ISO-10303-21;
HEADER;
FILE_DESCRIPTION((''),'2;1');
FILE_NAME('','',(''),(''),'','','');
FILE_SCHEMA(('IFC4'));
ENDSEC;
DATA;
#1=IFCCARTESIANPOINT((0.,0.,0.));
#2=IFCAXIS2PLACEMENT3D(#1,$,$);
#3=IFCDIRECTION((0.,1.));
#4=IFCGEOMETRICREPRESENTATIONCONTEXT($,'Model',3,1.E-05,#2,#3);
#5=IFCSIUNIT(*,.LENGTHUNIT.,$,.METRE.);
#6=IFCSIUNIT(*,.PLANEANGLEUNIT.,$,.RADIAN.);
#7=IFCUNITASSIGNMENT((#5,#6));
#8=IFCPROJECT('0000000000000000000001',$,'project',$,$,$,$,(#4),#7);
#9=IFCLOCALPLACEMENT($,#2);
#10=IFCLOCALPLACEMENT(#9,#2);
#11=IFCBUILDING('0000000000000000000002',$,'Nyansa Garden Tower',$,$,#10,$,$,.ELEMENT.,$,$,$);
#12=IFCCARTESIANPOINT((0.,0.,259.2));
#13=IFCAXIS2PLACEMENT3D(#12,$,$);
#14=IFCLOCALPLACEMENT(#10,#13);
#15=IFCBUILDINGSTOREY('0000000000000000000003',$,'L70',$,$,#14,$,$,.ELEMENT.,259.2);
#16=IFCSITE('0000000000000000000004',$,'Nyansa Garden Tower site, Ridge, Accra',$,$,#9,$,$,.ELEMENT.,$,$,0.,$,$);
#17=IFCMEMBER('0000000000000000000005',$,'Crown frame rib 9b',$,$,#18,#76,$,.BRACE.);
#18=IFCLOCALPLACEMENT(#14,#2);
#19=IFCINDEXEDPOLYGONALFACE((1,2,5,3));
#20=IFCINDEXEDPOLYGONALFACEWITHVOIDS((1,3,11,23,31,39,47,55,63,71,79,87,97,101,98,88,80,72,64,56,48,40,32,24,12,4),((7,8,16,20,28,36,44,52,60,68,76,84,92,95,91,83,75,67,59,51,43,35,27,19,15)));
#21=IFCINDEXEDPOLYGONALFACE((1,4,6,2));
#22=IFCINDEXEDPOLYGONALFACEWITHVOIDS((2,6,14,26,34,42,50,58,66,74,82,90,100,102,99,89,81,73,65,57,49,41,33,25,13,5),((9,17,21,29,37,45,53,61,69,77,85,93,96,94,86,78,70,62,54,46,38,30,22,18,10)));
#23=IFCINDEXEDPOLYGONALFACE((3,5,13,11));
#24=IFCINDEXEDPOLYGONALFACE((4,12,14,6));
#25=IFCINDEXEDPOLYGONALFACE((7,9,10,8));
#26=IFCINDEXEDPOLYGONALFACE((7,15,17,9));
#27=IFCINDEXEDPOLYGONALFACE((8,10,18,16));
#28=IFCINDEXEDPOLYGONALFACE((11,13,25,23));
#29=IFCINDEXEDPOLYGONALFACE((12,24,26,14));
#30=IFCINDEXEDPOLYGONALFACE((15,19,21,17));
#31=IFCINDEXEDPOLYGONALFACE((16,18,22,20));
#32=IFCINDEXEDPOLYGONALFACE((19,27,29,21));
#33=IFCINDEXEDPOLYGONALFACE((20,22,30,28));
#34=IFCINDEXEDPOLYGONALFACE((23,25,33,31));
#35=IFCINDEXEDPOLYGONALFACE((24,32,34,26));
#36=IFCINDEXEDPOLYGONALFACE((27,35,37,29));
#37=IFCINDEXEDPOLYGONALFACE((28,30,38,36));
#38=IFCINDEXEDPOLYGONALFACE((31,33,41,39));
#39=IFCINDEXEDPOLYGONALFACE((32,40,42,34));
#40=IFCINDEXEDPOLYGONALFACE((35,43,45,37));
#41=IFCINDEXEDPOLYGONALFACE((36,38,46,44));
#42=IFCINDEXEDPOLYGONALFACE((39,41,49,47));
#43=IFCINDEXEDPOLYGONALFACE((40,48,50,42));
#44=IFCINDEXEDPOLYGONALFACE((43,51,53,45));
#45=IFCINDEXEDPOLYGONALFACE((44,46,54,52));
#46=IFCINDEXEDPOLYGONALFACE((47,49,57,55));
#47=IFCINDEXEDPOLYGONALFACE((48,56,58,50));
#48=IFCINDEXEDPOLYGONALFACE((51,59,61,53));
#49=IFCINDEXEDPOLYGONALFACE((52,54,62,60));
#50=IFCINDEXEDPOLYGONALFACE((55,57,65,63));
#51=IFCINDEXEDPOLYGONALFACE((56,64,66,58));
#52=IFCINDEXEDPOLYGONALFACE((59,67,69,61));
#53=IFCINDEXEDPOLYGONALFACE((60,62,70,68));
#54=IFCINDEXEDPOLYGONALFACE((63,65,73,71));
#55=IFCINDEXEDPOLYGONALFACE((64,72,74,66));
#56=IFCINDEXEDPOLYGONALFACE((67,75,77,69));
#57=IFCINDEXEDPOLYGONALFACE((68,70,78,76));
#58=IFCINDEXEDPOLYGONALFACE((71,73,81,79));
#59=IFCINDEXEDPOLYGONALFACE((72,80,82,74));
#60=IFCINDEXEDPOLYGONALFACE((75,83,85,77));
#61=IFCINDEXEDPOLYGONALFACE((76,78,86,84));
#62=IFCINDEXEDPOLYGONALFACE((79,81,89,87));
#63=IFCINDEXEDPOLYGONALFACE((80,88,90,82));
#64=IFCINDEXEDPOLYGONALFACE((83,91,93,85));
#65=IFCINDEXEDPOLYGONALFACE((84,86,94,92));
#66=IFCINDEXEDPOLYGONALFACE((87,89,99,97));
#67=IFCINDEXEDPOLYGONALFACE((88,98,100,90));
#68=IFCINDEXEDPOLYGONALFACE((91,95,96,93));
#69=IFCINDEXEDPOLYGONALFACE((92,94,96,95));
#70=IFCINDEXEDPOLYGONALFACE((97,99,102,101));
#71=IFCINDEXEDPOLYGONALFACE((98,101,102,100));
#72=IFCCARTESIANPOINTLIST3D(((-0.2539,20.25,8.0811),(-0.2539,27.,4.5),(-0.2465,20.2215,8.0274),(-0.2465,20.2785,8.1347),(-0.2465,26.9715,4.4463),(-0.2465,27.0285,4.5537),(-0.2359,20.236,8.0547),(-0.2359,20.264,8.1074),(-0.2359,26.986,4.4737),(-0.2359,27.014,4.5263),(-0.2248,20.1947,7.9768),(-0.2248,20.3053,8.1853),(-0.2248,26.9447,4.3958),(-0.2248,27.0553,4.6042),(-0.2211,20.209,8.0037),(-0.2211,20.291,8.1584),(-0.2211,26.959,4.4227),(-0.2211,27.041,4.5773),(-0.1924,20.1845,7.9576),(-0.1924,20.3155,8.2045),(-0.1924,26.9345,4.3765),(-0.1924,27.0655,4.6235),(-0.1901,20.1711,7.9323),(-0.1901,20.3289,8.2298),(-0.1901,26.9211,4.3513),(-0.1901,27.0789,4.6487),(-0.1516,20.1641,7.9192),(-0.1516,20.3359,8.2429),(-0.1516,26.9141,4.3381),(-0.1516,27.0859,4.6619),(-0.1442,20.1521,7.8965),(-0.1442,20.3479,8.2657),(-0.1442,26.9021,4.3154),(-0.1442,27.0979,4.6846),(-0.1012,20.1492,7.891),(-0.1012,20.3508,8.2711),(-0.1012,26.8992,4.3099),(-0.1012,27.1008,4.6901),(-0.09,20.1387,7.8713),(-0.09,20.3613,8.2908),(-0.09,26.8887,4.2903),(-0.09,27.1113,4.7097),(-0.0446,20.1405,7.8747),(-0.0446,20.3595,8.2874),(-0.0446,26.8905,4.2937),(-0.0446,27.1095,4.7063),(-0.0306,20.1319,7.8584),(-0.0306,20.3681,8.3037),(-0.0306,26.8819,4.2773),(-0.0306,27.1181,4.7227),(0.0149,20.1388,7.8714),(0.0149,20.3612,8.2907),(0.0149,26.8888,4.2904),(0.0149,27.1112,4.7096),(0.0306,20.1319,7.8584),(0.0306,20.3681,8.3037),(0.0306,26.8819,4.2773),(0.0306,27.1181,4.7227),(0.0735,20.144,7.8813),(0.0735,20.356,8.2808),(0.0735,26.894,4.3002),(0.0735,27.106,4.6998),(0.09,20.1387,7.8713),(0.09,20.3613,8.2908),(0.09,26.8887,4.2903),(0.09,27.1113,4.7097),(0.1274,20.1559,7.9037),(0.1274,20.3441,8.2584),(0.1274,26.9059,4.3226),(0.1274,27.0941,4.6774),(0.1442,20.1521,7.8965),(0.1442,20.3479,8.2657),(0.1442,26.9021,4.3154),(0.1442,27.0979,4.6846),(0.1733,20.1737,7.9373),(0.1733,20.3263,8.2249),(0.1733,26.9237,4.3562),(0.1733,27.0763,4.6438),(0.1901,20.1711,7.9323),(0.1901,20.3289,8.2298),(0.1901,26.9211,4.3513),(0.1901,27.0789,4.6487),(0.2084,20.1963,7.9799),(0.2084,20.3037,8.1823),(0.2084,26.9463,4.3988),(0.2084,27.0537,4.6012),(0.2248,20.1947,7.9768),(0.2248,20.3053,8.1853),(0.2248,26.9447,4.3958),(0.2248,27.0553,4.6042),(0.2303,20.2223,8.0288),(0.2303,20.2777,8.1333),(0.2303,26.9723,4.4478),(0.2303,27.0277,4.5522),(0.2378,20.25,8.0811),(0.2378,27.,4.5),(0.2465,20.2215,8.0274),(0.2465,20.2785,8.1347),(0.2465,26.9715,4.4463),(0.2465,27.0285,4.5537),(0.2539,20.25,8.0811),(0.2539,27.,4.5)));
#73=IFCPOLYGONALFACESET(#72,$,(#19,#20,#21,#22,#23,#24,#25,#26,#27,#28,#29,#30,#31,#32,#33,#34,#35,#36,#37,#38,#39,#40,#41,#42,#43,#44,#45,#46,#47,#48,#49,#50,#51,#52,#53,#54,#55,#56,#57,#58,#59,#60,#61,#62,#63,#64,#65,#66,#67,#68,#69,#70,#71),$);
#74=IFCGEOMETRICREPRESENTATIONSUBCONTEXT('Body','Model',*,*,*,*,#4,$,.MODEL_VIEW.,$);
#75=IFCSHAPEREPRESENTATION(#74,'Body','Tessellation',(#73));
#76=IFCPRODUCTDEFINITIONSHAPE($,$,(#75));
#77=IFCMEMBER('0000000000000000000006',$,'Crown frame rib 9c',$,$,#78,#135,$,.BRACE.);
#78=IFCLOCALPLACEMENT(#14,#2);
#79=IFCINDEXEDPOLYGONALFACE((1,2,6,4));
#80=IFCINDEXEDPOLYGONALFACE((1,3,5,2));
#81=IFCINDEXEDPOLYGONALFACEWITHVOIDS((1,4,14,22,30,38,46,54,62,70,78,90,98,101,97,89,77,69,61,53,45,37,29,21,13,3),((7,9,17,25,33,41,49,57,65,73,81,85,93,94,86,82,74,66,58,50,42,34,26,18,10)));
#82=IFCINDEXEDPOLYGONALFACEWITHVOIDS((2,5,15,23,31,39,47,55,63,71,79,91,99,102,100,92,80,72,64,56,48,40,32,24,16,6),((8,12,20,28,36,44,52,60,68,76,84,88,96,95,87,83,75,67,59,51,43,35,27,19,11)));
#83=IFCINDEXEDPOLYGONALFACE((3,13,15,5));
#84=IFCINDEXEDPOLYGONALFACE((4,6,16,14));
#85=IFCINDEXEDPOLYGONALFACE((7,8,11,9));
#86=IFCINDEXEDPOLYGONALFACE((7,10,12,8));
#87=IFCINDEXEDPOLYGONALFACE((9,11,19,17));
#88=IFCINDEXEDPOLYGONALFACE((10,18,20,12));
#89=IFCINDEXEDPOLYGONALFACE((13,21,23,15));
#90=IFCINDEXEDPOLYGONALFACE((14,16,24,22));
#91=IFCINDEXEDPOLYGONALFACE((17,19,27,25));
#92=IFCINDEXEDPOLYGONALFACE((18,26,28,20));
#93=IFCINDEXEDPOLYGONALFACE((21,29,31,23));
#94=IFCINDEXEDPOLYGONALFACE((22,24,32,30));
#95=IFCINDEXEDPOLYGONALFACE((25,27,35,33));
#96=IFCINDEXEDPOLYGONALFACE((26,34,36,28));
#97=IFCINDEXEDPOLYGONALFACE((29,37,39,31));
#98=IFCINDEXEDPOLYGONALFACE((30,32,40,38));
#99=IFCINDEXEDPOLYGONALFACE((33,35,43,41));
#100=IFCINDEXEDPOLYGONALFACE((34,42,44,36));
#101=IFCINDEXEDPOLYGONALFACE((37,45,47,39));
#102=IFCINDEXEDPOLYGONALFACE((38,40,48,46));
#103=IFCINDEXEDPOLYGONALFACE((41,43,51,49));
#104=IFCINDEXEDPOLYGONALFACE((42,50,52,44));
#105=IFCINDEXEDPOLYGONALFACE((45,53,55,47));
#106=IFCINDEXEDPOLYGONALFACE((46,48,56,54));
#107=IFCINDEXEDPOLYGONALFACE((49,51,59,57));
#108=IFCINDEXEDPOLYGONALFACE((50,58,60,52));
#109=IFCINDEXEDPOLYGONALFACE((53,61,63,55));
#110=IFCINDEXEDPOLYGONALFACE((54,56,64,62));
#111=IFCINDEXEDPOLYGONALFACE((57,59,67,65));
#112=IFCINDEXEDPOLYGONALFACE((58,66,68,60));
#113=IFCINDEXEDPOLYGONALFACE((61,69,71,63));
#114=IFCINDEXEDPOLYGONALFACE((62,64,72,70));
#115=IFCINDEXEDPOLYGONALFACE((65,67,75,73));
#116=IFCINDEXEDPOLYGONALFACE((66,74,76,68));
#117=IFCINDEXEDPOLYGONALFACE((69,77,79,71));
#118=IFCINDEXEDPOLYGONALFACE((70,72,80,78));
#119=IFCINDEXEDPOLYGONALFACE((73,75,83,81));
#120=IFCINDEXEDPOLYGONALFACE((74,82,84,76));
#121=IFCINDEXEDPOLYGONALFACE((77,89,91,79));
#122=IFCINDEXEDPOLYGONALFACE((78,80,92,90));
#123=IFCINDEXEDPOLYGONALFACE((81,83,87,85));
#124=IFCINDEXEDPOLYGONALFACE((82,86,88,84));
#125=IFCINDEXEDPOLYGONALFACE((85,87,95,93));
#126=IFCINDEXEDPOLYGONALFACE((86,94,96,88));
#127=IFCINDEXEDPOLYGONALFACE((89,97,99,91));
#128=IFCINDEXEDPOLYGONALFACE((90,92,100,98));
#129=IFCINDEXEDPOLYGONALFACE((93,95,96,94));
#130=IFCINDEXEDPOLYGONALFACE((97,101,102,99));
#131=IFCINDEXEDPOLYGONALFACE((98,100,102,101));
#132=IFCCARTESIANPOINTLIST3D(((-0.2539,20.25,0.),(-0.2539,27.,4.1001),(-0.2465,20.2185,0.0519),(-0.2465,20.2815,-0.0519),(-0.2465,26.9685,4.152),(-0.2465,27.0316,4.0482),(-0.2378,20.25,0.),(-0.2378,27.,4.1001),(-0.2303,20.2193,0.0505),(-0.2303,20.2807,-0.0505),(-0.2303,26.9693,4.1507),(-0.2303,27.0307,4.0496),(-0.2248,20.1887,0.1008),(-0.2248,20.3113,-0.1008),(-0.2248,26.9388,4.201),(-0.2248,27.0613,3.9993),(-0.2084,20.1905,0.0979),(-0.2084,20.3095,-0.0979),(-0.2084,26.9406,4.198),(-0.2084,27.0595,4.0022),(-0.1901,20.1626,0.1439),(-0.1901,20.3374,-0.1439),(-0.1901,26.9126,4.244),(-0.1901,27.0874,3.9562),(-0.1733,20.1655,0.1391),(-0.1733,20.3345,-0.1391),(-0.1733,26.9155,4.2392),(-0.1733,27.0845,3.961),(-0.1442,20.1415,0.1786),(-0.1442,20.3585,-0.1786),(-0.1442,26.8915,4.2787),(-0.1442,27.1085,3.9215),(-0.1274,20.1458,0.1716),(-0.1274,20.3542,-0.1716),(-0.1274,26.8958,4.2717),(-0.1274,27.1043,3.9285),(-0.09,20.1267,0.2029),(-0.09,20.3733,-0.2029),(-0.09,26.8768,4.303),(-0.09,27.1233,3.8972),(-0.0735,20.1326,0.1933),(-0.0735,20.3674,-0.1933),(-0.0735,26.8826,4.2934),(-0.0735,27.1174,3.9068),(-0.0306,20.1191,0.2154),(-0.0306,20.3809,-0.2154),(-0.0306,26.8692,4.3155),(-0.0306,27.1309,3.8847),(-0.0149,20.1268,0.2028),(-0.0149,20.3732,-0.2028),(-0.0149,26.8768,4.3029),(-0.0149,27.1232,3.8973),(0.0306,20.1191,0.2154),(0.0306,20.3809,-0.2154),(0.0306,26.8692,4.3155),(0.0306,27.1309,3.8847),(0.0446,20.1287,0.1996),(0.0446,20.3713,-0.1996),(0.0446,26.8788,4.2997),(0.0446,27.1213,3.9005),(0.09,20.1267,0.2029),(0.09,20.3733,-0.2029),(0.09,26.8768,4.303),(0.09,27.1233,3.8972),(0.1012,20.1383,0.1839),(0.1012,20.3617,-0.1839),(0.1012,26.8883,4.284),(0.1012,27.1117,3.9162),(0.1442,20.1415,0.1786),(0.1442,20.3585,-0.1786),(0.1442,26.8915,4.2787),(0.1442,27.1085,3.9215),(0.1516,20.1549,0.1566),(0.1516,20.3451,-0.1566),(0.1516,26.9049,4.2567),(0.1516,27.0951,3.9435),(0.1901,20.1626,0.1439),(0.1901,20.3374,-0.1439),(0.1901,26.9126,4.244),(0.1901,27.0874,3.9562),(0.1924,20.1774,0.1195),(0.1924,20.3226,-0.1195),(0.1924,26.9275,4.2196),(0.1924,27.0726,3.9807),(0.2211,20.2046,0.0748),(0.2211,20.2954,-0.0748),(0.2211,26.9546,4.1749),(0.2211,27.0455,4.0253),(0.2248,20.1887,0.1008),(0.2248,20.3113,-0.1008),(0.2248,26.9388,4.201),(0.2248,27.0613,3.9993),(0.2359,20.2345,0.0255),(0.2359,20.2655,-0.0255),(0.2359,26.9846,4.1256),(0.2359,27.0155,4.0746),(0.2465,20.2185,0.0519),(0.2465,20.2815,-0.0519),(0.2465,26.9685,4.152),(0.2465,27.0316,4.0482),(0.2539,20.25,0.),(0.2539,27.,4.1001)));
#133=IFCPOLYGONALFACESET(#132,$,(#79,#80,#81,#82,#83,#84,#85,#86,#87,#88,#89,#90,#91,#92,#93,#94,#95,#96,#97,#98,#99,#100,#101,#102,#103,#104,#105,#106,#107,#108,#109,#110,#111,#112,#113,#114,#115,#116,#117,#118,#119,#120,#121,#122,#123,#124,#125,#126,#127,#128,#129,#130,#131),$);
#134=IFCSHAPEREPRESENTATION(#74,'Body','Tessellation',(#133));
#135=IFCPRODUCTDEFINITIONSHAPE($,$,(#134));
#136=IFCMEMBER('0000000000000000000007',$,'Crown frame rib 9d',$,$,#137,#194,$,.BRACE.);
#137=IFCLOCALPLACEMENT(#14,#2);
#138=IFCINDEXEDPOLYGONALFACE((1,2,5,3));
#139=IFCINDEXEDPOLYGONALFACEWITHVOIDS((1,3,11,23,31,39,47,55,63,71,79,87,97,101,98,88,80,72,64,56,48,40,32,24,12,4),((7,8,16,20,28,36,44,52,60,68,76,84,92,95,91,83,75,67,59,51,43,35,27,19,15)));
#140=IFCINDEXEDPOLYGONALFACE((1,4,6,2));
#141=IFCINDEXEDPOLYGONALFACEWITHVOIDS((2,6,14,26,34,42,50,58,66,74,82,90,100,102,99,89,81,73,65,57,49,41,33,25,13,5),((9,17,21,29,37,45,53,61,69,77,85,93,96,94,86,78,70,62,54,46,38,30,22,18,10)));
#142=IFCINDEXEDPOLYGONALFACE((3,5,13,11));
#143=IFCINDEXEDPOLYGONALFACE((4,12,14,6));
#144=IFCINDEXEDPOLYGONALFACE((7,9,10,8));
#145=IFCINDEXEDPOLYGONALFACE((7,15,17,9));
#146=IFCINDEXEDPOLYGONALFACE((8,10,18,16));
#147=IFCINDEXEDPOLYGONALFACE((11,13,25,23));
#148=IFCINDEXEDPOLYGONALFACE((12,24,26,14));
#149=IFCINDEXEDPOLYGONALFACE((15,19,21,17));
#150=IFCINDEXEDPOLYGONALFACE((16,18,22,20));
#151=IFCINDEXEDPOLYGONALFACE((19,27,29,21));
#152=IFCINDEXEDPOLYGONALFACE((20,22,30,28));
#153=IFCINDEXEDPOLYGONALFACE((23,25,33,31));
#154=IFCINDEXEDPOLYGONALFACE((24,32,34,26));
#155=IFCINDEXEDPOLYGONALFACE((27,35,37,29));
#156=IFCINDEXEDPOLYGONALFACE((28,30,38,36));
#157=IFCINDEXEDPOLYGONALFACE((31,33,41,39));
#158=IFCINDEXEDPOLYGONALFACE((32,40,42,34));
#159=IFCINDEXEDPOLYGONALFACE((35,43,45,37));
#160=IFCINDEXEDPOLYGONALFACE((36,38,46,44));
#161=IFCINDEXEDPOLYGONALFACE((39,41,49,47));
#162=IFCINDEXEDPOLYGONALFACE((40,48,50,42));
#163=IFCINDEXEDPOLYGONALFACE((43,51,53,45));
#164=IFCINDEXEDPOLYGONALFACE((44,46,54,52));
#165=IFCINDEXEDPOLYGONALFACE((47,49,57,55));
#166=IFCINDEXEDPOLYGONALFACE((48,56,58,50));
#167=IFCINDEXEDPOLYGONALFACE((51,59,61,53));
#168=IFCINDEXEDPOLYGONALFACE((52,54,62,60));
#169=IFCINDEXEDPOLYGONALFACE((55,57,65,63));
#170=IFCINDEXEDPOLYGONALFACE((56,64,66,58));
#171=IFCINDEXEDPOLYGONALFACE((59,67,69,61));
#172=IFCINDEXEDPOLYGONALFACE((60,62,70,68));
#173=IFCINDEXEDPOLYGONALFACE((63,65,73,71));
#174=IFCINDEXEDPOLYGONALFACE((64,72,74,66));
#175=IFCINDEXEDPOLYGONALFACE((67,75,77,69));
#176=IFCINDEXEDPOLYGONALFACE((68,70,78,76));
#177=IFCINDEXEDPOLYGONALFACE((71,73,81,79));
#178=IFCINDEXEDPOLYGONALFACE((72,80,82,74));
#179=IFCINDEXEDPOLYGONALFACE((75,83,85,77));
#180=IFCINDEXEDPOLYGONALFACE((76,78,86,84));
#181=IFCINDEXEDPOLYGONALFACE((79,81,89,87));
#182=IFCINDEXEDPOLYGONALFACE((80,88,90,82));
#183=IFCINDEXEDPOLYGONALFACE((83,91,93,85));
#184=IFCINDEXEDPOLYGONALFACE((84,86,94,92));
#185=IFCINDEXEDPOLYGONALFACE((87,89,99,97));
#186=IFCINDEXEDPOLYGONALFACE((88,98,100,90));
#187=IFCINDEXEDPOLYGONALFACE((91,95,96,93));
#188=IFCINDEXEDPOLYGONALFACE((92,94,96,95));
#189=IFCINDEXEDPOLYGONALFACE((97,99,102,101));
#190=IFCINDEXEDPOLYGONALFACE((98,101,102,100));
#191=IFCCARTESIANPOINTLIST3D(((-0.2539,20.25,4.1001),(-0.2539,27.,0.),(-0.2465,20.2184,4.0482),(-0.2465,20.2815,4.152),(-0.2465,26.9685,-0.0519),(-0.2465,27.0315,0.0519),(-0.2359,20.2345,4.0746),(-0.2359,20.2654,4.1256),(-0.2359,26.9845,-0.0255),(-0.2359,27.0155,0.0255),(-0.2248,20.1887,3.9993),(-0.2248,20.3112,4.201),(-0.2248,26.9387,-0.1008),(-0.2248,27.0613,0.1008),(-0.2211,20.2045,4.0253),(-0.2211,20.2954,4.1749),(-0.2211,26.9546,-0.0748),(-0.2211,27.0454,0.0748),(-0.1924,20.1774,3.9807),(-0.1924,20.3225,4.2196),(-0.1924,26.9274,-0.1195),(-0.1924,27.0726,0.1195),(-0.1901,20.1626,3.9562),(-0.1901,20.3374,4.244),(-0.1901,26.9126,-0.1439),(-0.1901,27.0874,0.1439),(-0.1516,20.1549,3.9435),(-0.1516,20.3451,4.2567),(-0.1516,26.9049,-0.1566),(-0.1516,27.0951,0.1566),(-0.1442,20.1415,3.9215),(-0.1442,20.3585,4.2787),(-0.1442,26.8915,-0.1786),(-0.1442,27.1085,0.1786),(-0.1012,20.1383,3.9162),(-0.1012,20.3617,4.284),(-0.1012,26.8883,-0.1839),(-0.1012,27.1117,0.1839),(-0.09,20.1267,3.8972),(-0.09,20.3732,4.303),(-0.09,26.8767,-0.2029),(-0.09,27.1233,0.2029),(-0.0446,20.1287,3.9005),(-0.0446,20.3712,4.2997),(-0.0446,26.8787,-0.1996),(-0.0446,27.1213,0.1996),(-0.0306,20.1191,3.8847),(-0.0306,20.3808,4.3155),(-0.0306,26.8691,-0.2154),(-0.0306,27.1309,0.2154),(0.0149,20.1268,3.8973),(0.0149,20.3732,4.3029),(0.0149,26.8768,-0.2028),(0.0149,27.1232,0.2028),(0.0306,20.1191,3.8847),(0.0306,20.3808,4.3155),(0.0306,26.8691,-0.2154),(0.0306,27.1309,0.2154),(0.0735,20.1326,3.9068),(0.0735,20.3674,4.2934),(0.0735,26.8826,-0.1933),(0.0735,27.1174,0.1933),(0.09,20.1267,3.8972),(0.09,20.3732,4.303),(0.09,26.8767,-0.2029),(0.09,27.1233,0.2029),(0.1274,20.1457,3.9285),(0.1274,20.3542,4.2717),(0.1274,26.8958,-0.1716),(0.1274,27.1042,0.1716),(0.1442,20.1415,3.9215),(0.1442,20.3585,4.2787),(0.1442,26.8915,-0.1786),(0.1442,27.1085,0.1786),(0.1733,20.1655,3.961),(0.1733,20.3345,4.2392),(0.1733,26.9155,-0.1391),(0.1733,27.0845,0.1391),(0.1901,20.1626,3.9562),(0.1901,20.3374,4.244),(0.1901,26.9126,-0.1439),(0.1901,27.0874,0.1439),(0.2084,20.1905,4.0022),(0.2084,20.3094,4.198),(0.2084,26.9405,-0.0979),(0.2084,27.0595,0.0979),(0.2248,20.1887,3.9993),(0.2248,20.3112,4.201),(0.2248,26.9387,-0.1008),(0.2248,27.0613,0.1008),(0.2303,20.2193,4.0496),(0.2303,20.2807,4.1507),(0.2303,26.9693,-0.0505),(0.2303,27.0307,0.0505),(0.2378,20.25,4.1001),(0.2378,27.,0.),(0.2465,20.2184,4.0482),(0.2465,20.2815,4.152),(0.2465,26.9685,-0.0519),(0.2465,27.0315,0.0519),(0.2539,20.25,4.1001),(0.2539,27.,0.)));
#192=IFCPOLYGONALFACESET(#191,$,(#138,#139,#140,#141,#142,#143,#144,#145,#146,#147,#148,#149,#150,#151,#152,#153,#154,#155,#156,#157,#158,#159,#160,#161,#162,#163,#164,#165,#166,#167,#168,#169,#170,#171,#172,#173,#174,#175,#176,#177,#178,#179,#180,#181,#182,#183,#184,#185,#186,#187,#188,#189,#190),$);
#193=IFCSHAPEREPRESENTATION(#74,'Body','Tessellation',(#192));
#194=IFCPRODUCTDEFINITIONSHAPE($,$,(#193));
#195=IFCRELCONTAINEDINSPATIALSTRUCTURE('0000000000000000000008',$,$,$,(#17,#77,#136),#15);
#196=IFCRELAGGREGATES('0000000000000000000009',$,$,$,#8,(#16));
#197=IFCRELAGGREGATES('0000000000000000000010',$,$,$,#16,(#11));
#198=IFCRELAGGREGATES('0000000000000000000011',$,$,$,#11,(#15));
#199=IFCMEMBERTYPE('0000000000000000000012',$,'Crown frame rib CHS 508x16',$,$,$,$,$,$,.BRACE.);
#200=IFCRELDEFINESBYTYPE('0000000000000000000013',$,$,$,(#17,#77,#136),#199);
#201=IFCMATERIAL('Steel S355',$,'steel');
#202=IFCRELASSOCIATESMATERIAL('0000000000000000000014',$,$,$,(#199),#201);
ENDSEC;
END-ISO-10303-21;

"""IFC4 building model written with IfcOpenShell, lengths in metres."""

from ifc_helpers import new_model, si_unit, direction, frame, origin, origin_2d, place, context, subcontext, project, spatial, hollow_circle, extrude, material, material_profile, profile_set, type_object, element, save


model = new_model("IFC4")

# Units and contexts
model_context = context("Model", 3, precision=1e-05, world=origin(), true_north=direction((0.0, 1.0)))
body_context = subcontext(model_context, "Body", "Model", "MODEL_VIEW")
ifc_project = project(units=[si_unit("LENGTHUNIT", "METRE"), si_unit("PLANEANGLEUNIT", "RADIAN")], contexts=[model_context])

# Site, building, storey
site_placement = place(None, origin())
site = spatial("IfcSite", under=ifc_project, at=site_placement, Name="Nyansa Garden Tower site, Ridge, Accra", CompositionType="ELEMENT", RefElevation=0.0)
building_placement = place(site_placement, origin())
building = spatial("IfcBuilding", under=site, at=building_placement, Name="Nyansa Garden Tower", CompositionType="ELEMENT")
storey_placement = place(building_placement, frame((0.0, 0.0, 259.2)))
storey = spatial("IfcBuildingStorey", under=building, at=storey_placement, Name="L70", CompositionType="ELEMENT", Elevation=259.2)

# Members
ifc_material_1 = material(Name="Steel S355", Category="steel")
ifc_material_profile_1 = material_profile(ifc_material_1, hollow_circle(Radius=0.2539, WallThickness=0.0161, at=origin_2d()), Name="CHS 508x16")
ifc_profile_set_1 = profile_set([ifc_material_profile_1], Name="Steel S355")
member_type = type_object("IfcMemberType", Name="Crown frame rib CHS 508x16", PredefinedType="BRACE", material=ifc_profile_set_1)
for number, where, z_axis, x_axis, name in (
    (1, (0.0, 27.0, 4.5), (0.0, -0.88338, 0.468657), (1.0, 0.0, 0.0), "Crown frame rib 9b"),
):
    element("IfcMember", number, at=place(storey_placement, frame(where, z_axis=z_axis, x_axis=x_axis)), inside=storey, type_object=member_type, Name=name, PredefinedType="BRACE", context=body_context, shape_type="SweptSolid", body=[
        extrude(hollow_circle(Radius=0.2539, WallThickness=0.0161, at=origin_2d()), origin(), (0.0, 0.0, 1.0), 7.6411),
    ])
for number, where, z_axis, x_axis, name in (
    (2, (0.0, 20.25, 0.0), (0.0, 0.854682, 0.519152), (-1.0, 0.0, 0.0), "Crown frame rib 9c"),
    (3, (0.0, 27.0, 0.0), (0.0, -0.854682, 0.519152), (1.0, 0.0, 0.0), "Crown frame rib 9d"),
):
    element("IfcMember", number, at=place(storey_placement, frame(where, z_axis=z_axis, x_axis=x_axis)), inside=storey, type_object=member_type, Name=name, PredefinedType="BRACE", context=body_context, shape_type="SweptSolid", body=[
        extrude(hollow_circle(Radius=0.2539, WallThickness=0.0161, at=origin_2d()), origin(), (0.0, 0.0, 1.0), 7.8977),
    ])

save(model, "model.ifc")
